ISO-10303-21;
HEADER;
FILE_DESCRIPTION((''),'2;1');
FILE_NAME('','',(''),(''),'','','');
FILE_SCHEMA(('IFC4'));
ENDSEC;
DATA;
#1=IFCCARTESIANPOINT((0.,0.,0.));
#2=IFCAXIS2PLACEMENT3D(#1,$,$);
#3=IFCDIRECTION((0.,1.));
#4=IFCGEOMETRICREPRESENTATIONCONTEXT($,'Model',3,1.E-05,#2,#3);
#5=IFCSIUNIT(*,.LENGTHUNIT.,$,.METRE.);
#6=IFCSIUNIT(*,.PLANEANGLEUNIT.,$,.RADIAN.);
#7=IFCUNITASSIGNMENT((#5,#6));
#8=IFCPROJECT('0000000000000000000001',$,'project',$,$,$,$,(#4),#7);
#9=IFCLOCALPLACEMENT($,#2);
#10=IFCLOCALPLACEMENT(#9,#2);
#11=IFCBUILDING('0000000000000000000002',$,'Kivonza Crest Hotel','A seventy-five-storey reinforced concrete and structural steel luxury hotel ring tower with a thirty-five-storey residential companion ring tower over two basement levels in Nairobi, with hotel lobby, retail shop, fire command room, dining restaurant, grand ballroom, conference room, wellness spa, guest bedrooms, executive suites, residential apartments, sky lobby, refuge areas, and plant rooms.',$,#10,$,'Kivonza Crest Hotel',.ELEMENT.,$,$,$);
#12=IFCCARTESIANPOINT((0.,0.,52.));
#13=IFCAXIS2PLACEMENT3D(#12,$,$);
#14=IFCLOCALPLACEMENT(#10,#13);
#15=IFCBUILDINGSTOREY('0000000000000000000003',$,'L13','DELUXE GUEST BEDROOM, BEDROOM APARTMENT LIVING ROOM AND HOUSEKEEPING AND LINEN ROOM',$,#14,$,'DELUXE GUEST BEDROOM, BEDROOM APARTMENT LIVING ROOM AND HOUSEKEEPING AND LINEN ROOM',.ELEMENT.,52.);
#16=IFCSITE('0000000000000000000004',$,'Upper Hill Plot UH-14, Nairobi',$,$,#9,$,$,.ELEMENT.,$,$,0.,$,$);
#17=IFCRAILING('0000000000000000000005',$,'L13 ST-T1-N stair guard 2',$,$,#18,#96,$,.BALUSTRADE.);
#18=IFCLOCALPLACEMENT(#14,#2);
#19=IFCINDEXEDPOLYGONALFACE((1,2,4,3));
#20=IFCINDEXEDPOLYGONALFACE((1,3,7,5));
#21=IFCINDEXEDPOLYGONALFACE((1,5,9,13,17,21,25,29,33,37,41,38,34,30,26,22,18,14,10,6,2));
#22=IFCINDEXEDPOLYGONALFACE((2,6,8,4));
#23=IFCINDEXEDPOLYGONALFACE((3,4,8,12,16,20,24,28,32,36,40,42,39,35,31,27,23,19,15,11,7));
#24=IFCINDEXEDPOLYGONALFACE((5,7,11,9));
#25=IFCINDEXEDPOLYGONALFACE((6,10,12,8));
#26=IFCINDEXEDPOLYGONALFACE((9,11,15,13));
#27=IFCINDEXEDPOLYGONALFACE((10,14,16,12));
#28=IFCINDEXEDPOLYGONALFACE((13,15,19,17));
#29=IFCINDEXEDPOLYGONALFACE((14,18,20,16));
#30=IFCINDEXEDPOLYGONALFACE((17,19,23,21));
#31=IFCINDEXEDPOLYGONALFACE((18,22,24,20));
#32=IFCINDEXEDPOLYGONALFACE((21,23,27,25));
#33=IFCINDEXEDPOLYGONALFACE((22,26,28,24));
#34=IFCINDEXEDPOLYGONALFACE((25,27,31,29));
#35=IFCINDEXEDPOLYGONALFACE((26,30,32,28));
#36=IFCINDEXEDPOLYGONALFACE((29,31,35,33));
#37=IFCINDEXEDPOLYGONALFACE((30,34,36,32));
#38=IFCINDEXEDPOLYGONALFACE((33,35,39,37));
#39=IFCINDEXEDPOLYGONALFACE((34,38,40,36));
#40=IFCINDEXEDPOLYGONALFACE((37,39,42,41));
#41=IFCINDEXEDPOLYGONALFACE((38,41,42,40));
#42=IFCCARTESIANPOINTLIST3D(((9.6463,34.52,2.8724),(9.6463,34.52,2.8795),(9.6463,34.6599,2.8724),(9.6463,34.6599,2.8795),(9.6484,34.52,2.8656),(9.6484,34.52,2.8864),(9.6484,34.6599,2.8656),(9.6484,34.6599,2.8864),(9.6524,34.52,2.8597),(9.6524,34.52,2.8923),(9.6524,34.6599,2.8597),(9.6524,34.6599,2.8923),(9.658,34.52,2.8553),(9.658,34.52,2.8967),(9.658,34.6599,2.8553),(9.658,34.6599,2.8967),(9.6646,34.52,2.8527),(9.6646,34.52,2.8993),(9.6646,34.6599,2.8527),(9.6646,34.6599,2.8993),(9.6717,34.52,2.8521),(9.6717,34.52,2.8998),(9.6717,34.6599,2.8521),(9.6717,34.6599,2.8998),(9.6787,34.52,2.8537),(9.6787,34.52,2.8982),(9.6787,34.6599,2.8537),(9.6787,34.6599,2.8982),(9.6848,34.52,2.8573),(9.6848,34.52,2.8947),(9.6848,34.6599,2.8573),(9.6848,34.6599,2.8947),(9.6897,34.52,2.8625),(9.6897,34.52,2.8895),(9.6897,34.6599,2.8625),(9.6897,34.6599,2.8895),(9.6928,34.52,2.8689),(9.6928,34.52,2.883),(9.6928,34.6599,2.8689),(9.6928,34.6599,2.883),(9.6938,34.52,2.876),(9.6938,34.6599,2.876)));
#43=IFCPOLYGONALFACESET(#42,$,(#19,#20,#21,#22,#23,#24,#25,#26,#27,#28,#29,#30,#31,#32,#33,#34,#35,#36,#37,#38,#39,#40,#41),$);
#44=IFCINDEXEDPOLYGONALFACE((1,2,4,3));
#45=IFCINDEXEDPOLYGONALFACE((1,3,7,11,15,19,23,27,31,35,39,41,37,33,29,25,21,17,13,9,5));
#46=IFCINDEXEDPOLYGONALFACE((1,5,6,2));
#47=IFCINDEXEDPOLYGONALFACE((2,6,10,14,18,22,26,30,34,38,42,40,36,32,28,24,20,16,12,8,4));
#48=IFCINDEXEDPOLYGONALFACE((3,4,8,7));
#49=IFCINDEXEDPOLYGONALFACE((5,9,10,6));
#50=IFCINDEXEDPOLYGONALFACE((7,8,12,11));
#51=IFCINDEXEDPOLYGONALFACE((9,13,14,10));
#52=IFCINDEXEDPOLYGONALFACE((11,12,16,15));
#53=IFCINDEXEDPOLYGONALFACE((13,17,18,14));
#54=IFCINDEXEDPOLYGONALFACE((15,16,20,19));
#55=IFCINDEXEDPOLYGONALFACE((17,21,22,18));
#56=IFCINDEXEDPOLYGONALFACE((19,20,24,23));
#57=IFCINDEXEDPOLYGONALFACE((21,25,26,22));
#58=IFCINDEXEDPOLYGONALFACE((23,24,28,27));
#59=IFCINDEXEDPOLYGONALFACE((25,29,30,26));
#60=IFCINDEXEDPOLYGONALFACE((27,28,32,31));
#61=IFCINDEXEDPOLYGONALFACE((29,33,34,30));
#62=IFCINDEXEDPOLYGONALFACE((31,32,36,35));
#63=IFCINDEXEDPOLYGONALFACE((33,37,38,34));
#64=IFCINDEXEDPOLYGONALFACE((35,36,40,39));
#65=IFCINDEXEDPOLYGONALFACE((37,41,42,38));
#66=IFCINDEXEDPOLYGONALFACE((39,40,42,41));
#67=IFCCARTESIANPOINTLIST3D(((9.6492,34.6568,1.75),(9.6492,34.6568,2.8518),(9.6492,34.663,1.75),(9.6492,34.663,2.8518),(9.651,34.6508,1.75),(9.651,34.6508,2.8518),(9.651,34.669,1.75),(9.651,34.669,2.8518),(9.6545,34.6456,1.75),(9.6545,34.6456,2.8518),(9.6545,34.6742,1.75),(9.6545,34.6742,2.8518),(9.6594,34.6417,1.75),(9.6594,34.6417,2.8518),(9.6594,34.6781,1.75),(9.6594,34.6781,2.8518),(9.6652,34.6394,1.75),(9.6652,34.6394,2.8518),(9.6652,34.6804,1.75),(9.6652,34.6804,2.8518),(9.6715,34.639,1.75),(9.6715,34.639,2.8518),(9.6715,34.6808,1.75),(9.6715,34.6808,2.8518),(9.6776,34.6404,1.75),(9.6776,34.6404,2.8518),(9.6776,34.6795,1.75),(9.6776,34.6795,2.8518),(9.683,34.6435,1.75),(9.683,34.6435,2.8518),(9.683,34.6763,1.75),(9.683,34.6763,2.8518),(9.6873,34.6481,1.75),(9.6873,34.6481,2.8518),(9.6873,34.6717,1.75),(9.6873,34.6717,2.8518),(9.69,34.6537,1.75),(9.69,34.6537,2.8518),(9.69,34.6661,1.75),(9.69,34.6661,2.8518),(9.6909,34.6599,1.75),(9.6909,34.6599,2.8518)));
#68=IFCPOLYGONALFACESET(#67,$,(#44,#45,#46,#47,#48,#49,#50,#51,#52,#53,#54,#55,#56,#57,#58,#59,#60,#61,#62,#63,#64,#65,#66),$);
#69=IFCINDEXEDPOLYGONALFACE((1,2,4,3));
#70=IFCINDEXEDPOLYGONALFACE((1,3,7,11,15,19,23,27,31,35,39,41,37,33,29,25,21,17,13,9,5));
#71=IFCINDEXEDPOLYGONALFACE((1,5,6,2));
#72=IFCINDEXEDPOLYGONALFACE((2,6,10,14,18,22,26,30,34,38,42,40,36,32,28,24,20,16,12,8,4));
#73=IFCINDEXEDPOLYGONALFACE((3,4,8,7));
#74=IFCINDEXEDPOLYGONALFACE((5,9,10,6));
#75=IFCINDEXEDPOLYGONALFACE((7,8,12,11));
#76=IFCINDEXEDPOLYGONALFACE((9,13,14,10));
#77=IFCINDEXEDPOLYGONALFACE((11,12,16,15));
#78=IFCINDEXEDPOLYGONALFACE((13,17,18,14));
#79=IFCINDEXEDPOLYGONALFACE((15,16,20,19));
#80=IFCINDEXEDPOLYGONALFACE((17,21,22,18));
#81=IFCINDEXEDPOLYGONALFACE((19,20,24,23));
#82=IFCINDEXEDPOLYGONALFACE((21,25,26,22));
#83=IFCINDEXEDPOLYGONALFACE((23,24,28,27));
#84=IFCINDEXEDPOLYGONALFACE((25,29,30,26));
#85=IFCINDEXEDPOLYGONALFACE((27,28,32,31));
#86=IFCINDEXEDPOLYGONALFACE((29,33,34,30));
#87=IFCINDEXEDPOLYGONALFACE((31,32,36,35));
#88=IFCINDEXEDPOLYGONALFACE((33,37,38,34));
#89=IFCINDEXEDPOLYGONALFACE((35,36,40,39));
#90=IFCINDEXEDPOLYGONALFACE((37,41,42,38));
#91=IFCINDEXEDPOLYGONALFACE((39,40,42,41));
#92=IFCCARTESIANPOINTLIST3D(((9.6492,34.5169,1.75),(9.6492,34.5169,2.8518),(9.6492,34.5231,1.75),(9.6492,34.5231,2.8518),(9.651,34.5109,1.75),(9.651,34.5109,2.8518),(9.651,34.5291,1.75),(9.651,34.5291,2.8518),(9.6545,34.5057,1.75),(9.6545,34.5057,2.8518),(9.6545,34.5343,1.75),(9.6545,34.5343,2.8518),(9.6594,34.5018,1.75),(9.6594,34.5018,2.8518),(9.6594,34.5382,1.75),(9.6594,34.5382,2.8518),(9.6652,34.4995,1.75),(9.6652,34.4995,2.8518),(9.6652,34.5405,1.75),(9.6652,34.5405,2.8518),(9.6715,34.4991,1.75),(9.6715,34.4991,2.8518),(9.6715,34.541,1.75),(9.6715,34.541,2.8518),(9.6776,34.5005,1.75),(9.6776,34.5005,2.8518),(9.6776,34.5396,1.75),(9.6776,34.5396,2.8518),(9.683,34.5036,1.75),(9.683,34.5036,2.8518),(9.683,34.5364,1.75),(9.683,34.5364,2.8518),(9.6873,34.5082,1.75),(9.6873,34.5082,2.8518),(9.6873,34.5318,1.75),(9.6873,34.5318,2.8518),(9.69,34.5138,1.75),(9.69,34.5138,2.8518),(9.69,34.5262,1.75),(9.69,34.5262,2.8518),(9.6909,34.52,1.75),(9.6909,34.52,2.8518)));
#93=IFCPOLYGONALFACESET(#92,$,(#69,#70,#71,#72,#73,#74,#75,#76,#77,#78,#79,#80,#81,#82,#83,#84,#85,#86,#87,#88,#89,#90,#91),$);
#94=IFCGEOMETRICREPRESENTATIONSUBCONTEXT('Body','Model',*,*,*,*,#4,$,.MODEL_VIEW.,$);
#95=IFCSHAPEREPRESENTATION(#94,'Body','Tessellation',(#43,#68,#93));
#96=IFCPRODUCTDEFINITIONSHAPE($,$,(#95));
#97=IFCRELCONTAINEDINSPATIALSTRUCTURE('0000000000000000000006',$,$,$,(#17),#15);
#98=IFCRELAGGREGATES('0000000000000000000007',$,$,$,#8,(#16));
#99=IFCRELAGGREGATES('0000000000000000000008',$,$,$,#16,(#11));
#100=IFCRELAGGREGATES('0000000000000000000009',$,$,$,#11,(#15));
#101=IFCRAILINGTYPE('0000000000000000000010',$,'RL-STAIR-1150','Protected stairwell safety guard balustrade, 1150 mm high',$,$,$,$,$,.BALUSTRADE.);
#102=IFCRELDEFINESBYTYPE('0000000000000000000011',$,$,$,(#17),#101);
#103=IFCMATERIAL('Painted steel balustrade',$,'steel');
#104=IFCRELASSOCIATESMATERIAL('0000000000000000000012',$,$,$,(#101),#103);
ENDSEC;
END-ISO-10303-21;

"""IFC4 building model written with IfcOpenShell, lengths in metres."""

from ifc_helpers import new_model, si_unit, direction, frame, origin, origin_2d, place, context, subcontext, project, spatial, circle, extrude, material, type_object, element, save


model = new_model("IFC4")

# Units and contexts
model_context = context("Model", 3, precision=1e-05, world=origin(), true_north=direction((0.0, 1.0)))
body_context = subcontext(model_context, "Body", "Model", "MODEL_VIEW")
ifc_project = project(units=[si_unit("LENGTHUNIT", "METRE"), si_unit("PLANEANGLEUNIT", "RADIAN")], contexts=[model_context])

# Site, building, storey
site_placement = place(None, origin())
site = spatial("IfcSite", under=ifc_project, at=site_placement, Name="Upper Hill Plot UH-14, Nairobi", CompositionType="ELEMENT", RefElevation=0.0)
building_placement = place(site_placement, origin())
building = spatial("IfcBuilding", under=site, at=building_placement, Name="Kivonza Crest Hotel", Description="A seventy-five-storey reinforced concrete and structural steel luxury hotel ring tower with a thirty-five-storey residential companion ring tower over two basement levels in Nairobi, with hotel lobby, retail shop, fire command room, dining restaurant, grand ballroom, conference room, wellness spa, guest bedrooms, executive suites, residential apartments, sky lobby, refuge areas, and plant rooms.", LongName="Kivonza Crest Hotel", CompositionType="ELEMENT")
storey_placement = place(building_placement, frame((0.0, 0.0, 52.0)))
storey = spatial("IfcBuildingStorey", under=building, at=storey_placement, Name="L13", Description="DELUXE GUEST BEDROOM, BEDROOM APARTMENT LIVING ROOM AND HOUSEKEEPING AND LINEN ROOM", LongName="DELUXE GUEST BEDROOM, BEDROOM APARTMENT LIVING ROOM AND HOUSEKEEPING AND LINEN ROOM", CompositionType="ELEMENT", Elevation=52.0)

# Railing
ifc_material_1 = material(Name="Painted steel balustrade", Category="steel")
railing_type_1 = type_object("IfcRailingType", Name="RL-STAIR-1150", Description="Protected stairwell safety guard balustrade, 1150 mm high", PredefinedType="BALUSTRADE", material=ifc_material_1)
railing_1_placement = place(storey_placement, frame((9.6699, 34.6599, 1.75)))
element("IfcRailing", 1, at=railing_1_placement, inside=storey, type_object=railing_type_1, Name="L13 ST-T1-N stair guard 2", PredefinedType="BALUSTRADE", context=body_context, shape_type="SweptSolid", body=[
    extrude(circle(Radius=0.0239, at=origin_2d()), frame((0.0, 0.0, 1.126), z_axis=(0.0, -1.0, 0.0), x_axis=(1.0, 0.0, 0.0)), (0.0, 0.0, 1.0), 0.1399),
    extrude(circle(Radius=0.021, at=origin_2d()), origin(), (0.0, 0.0, 1.0), 1.1018),
    extrude(circle(Radius=0.021, at=origin_2d()), frame((0.0, -0.1399, 0.0)), (0.0, 0.0, 1.0), 1.1018),
])

save(model, "model.ifc")
